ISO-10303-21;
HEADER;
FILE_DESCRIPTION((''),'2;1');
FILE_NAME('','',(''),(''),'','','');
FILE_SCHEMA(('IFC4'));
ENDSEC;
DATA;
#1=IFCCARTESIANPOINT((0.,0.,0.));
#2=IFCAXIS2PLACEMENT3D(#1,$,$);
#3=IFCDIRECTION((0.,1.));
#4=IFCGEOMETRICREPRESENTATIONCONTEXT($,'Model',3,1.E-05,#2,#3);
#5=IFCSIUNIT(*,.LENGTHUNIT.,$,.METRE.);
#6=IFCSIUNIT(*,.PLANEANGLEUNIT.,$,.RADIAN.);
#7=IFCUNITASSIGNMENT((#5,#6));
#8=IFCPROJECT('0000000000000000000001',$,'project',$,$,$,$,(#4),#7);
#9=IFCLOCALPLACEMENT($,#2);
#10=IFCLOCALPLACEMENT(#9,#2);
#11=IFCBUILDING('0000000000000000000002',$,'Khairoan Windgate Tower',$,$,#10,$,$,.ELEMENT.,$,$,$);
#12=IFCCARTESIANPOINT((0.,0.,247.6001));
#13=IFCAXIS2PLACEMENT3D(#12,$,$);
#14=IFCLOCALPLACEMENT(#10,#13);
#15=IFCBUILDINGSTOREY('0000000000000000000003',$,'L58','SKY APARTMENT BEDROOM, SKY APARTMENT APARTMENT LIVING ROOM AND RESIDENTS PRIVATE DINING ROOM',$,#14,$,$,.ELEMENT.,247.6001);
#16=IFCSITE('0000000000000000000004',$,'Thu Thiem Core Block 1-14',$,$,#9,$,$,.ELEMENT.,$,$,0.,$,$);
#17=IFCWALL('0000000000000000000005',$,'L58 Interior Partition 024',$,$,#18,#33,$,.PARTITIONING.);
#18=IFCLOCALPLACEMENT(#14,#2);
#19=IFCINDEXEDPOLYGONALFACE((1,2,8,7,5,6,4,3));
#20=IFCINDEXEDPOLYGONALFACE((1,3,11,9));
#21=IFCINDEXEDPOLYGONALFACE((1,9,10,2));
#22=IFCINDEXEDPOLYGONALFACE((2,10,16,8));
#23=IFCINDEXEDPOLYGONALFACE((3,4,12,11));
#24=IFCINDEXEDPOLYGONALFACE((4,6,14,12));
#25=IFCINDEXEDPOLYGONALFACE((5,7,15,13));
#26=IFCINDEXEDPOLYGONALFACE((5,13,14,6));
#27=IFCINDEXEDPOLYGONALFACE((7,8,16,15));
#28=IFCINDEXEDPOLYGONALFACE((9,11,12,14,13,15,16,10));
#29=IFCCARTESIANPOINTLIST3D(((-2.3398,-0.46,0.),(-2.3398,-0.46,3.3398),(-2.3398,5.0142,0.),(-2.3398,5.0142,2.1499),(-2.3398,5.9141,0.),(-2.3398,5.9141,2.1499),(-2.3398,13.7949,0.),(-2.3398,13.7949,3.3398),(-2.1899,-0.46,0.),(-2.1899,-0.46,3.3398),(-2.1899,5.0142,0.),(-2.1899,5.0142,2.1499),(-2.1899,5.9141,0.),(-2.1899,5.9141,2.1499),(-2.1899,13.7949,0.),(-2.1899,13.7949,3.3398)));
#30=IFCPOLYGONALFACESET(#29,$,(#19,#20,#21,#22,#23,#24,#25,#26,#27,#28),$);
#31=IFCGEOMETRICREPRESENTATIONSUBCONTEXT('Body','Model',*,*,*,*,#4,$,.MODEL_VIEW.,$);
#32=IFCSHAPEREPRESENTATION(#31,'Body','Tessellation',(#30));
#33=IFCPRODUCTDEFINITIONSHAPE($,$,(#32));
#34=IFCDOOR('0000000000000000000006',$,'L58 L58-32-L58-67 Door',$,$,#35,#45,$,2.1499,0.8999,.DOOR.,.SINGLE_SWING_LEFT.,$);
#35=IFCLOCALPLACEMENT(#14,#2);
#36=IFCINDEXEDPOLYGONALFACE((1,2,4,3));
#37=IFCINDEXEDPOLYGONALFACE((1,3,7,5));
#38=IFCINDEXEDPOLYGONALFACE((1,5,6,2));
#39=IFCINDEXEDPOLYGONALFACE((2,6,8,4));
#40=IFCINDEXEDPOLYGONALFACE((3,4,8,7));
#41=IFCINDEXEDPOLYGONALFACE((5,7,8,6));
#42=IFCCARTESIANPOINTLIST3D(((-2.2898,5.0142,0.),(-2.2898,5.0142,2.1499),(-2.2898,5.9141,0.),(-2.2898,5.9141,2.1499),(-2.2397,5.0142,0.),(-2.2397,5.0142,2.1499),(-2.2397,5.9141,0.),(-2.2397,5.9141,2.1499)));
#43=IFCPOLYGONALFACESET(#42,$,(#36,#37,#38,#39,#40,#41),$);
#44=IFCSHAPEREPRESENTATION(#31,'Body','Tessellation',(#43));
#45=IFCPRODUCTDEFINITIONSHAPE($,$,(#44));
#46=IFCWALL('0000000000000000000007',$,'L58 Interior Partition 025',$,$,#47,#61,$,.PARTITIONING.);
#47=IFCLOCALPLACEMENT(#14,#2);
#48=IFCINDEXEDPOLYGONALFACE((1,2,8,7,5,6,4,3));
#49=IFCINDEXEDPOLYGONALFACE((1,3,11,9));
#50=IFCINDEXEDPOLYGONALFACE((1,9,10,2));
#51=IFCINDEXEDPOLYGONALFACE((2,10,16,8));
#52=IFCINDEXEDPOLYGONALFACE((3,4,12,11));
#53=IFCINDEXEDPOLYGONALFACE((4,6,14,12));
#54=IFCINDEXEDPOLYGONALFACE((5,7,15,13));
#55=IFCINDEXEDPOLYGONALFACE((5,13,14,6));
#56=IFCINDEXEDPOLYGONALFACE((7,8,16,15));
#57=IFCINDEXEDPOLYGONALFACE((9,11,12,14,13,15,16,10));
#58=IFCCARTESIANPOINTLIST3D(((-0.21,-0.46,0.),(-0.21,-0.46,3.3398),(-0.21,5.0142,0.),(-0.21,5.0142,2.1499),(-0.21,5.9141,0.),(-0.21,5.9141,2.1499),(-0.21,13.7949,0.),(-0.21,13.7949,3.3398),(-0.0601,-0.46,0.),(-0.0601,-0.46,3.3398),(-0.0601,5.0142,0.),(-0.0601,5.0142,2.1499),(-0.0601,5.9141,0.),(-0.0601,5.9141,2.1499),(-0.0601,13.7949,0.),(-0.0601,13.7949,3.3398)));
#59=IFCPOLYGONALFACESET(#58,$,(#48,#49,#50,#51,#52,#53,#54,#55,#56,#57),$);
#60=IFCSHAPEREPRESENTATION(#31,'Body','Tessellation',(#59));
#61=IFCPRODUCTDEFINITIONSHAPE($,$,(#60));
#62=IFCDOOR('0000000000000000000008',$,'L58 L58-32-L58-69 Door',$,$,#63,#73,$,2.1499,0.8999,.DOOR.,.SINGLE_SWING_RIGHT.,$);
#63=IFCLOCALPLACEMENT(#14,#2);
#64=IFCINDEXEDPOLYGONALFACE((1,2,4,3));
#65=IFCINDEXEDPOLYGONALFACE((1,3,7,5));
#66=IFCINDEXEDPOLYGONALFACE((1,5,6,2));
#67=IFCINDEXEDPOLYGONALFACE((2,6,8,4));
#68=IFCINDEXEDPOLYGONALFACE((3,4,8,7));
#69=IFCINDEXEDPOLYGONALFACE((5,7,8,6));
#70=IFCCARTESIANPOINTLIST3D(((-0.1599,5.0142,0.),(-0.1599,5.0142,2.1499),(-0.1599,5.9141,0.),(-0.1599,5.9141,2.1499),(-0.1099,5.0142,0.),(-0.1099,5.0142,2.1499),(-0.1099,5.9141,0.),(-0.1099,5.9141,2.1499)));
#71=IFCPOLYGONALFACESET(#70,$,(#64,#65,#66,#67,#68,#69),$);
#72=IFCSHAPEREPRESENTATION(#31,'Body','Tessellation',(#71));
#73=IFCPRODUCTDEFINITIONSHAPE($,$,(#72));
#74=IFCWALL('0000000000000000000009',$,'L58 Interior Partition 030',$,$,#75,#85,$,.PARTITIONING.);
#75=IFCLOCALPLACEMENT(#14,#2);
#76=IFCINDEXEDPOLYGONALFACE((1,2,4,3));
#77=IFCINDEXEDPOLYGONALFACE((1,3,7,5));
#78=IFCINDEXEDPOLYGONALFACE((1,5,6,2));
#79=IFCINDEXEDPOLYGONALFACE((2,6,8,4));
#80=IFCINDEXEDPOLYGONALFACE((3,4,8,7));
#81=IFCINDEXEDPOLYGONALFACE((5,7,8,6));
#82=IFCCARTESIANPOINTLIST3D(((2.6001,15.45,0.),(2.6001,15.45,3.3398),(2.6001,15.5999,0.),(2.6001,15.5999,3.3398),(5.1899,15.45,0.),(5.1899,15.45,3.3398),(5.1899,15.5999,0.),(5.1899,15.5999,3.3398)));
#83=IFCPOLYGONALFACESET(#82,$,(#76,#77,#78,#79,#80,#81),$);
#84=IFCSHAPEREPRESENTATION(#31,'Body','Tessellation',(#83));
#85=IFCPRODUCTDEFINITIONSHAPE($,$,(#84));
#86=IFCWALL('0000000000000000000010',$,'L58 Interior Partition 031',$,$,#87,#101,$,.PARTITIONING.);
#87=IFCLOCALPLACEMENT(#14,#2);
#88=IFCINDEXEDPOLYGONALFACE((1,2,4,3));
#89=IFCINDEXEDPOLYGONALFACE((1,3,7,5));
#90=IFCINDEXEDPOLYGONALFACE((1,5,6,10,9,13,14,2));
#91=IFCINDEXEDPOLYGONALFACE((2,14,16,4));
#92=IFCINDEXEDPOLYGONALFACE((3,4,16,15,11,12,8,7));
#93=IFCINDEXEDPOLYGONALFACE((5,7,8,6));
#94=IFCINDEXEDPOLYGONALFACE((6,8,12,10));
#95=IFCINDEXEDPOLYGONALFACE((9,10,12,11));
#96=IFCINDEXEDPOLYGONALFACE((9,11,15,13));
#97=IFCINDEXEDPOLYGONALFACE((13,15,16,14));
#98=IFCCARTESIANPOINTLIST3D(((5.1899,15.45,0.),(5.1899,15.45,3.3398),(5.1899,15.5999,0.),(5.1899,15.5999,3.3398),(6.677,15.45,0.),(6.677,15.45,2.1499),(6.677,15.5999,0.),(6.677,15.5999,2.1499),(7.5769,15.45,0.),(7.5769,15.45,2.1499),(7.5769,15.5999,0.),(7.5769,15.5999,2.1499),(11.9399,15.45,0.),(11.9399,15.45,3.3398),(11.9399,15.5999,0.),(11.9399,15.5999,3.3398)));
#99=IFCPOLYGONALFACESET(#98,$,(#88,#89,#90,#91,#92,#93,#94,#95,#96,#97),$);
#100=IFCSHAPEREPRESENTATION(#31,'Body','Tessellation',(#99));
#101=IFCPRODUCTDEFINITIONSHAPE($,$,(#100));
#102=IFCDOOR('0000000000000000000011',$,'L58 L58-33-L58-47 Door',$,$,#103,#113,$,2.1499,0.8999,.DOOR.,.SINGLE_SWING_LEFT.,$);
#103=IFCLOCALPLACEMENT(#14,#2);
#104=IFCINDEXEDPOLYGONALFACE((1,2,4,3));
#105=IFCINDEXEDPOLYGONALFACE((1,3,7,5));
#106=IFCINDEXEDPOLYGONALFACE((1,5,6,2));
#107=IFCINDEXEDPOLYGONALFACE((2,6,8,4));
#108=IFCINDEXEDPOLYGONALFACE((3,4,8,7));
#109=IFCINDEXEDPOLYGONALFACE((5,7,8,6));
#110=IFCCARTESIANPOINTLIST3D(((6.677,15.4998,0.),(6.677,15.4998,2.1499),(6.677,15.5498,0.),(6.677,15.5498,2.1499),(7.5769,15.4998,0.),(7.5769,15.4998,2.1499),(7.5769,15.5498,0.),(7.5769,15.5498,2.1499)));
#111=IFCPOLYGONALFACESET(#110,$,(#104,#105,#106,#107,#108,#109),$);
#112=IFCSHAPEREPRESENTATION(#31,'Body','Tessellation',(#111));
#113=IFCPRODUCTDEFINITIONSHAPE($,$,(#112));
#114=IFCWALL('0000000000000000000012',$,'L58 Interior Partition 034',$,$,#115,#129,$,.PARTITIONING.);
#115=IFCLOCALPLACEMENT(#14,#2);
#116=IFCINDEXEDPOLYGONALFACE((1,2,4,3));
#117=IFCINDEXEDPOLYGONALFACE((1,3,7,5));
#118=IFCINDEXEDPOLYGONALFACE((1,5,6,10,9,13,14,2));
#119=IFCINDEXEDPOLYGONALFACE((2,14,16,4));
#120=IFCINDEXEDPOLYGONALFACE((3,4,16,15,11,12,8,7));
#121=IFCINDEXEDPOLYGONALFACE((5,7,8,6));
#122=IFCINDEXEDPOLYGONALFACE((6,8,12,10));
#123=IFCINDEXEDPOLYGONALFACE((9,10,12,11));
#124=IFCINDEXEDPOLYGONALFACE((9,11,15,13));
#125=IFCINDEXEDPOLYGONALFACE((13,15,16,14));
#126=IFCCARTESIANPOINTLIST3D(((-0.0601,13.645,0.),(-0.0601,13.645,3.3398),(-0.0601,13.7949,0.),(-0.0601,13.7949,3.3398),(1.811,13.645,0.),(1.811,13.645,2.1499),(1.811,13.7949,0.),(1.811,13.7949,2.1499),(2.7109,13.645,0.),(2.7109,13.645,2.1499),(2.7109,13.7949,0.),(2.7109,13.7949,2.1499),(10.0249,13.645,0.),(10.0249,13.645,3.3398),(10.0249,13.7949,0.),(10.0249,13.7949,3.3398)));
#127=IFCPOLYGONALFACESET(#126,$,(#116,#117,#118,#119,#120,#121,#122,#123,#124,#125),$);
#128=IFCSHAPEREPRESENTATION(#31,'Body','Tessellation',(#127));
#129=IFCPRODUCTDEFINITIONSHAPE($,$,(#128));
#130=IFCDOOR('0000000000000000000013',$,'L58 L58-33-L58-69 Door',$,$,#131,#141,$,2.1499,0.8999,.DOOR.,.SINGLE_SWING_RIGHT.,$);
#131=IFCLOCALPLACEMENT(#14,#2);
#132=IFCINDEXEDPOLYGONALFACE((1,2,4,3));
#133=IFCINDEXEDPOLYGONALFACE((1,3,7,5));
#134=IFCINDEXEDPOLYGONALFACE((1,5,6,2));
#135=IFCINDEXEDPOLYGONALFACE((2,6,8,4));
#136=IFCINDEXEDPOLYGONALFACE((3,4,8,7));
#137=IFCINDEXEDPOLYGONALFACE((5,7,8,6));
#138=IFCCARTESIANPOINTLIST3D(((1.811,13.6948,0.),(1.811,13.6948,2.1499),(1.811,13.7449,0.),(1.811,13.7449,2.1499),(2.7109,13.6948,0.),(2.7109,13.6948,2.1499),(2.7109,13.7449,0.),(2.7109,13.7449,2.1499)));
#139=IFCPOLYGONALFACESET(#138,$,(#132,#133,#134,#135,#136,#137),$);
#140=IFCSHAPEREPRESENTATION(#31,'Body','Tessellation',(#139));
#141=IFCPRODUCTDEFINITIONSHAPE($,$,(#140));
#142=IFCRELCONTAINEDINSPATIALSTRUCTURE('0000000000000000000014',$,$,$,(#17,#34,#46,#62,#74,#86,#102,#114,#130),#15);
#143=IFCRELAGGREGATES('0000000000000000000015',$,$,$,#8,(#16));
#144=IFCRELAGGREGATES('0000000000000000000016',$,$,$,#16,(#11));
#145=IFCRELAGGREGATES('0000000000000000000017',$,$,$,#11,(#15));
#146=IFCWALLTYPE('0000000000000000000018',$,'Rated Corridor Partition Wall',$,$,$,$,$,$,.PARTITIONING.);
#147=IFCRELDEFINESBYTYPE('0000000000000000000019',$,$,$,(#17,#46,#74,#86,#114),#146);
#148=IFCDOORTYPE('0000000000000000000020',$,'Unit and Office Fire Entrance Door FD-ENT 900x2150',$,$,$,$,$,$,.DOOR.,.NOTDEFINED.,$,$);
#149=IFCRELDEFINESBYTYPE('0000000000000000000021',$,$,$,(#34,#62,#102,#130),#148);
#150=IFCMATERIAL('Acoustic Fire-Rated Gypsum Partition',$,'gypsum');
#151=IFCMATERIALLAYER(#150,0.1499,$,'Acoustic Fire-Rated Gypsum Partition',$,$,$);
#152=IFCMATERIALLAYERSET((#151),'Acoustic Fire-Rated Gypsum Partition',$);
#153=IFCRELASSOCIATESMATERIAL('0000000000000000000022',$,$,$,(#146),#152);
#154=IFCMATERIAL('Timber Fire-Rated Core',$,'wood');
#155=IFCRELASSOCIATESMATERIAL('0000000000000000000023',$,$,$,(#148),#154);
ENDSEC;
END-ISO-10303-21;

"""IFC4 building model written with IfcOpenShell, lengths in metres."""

from ifc_helpers import new_model, si_unit, direction, frame, frame_2d, origin, place, context, subcontext, project, spatial, rectangle, extrude, material, layer, layer_set, type_object, element, fill, save


model = new_model("IFC4")

# Units and contexts
model_context = context("Model", 3, precision=1e-05, world=origin(), true_north=direction((0.0, 1.0)))
body_context = subcontext(model_context, "Body", "Model", "MODEL_VIEW")
ifc_project = project(units=[si_unit("LENGTHUNIT", "METRE"), si_unit("PLANEANGLEUNIT", "RADIAN")], contexts=[model_context])

# Site, building, storey
site_placement = place(None, origin())
site = spatial("IfcSite", under=ifc_project, at=site_placement, Name="Thu Thiem Core Block 1-14", CompositionType="ELEMENT", RefElevation=0.0)
building_placement = place(site_placement, origin())
building = spatial("IfcBuilding", under=site, at=building_placement, Name="Khairoan Windgate Tower", CompositionType="ELEMENT")
storey_placement = place(building_placement, frame((0.0, 0.0, 247.6001)))
storey = spatial("IfcBuildingStorey", under=building, at=storey_placement, Name="L58", Description="SKY APARTMENT BEDROOM, SKY APARTMENT APARTMENT LIVING ROOM AND RESIDENTS PRIVATE DINING ROOM", CompositionType="ELEMENT", Elevation=247.6001)

# Walls, openings, doors
ifc_material_1 = material(Name="Acoustic Fire-Rated Gypsum Partition", Category="gypsum")
ifc_layer_1 = layer(ifc_material_1, 0.1499, Name="Acoustic Fire-Rated Gypsum Partition")
ifc_layer_set_1 = layer_set([ifc_layer_1], Name="Acoustic Fire-Rated Gypsum Partition")
wall_type_1 = type_object("IfcWallType", Name="Rated Corridor Partition Wall", PredefinedType="PARTITIONING", material=ifc_layer_set_1)
ifc_material_2 = material(Name="Timber Fire-Rated Core", Category="wood")
door_type_1 = type_object("IfcDoorType", Name="Unit and Office Fire Entrance Door FD-ENT 900x2150", OperationType="NOTDEFINED", PredefinedType="DOOR", material=ifc_material_2)
wall_1_placement = place(storey_placement, frame((-2.2649, -0.46, 0.0), z_axis=(0.0, 0.0, 1.0), x_axis=(0.0, 1.0, 0.0)))
wall_1 = element("IfcWall", 1, at=wall_1_placement, inside=storey, type_object=wall_type_1, Name="L58 Interior Partition 024", PredefinedType="PARTITIONING", context=body_context, shape_type="SweptSolid", body=[
    extrude(rectangle(XDim=14.2549, YDim=0.1499, at=frame_2d((7.1274, 0.0))), origin(), (0.0, 0.0, 1.0), 3.3398),
])
opening_1_placement = place(wall_1_placement, frame((5.4741, 0.0, 0.0)))
opening_1 = element("IfcOpeningElement", 2, at=opening_1_placement, cuts=wall_1, PredefinedType="OPENING", context=body_context, shape_type="SweptSolid", body=[
    extrude(rectangle(XDim=0.8999, YDim=2.1499, at=frame_2d((0.45, 1.075))), frame((0.0, 0.085, 0.0), z_axis=(0.0, -1.0, 0.0), x_axis=(1.0, 0.0, 0.0)), (0.0, 0.0, 1.0), 0.1699),
])
door_1_placement = place(opening_1_placement, origin())
door_1 = element("IfcDoor", 3, at=door_1_placement, inside=storey, type_object=door_type_1, Name="L58 L58-32-L58-67 Door", OperationType="SINGLE_SWING_LEFT", OverallHeight=2.1499, OverallWidth=0.8999, PredefinedType="DOOR", context=body_context, shape_type="SweptSolid", body=[
    extrude(rectangle(XDim=0.8999, YDim=2.1499, at=frame_2d((0.45, 1.075))), frame((0.0, 0.0249, 0.0), z_axis=(0.0, -1.0, 0.0), x_axis=(1.0, 0.0, 0.0)), (0.0, 0.0, 1.0), 0.05),
])
fill(opening_1, door_1)
wall_2_placement = place(storey_placement, frame((-0.135, -0.46, 0.0), z_axis=(0.0, 0.0, 1.0), x_axis=(0.0, 1.0, 0.0)))
wall_2 = element("IfcWall", 4, at=wall_2_placement, inside=storey, type_object=wall_type_1, Name="L58 Interior Partition 025", PredefinedType="PARTITIONING", context=body_context, shape_type="SweptSolid", body=[
    extrude(rectangle(XDim=14.2549, YDim=0.1499, at=frame_2d((7.1274, 0.0))), origin(), (0.0, 0.0, 1.0), 3.3398),
])
opening_2_placement = place(wall_2_placement, frame((5.4741, 0.0, 0.0)))
opening_2 = element("IfcOpeningElement", 5, at=opening_2_placement, cuts=wall_2, PredefinedType="OPENING", context=body_context, shape_type="SweptSolid", body=[
    extrude(rectangle(XDim=0.8999, YDim=2.1499, at=frame_2d((0.45, 1.075))), frame((0.0, 0.085, 0.0), z_axis=(0.0, -1.0, 0.0), x_axis=(1.0, 0.0, 0.0)), (0.0, 0.0, 1.0), 0.1699),
])
door_2_placement = place(opening_2_placement, origin())
door_2 = element("IfcDoor", 6, at=door_2_placement, inside=storey, type_object=door_type_1, Name="L58 L58-32-L58-69 Door", OperationType="SINGLE_SWING_RIGHT", OverallHeight=2.1499, OverallWidth=0.8999, PredefinedType="DOOR", context=body_context, shape_type="SweptSolid", body=[
    extrude(rectangle(XDim=0.8999, YDim=2.1499, at=frame_2d((0.45, 1.075))), frame((0.0, 0.0249, 0.0), z_axis=(0.0, -1.0, 0.0), x_axis=(1.0, 0.0, 0.0)), (0.0, 0.0, 1.0), 0.05),
])
fill(opening_2, door_2)

# Wall
wall_3_placement = place(storey_placement, frame((2.6001, 15.5249, 0.0), z_axis=(0.0, 0.0, 1.0), x_axis=(1.0, 0.0, 0.0)))
element("IfcWall", 7, at=wall_3_placement, inside=storey, type_object=wall_type_1, Name="L58 Interior Partition 030", PredefinedType="PARTITIONING", context=body_context, shape_type="SweptSolid", body=[
    extrude(rectangle(XDim=2.5898, YDim=0.1499, at=frame_2d((1.2949, 0.0))), origin(), (0.0, 0.0, 1.0), 3.3398),
])

# Walls, openings, doors
wall_4_placement = place(storey_placement, frame((5.1899, 15.5249, 0.0), z_axis=(0.0, 0.0, 1.0), x_axis=(1.0, 0.0, 0.0)))
wall_4 = element("IfcWall", 8, at=wall_4_placement, inside=storey, type_object=wall_type_1, Name="L58 Interior Partition 031", PredefinedType="PARTITIONING", context=body_context, shape_type="SweptSolid", body=[
    extrude(rectangle(XDim=6.75, YDim=0.1499, at=frame_2d((3.375, 0.0))), origin(), (0.0, 0.0, 1.0), 3.3398),
])
opening_3_placement = place(wall_4_placement, frame((1.4871, 0.0, 0.0)))
opening_3 = element("IfcOpeningElement", 9, at=opening_3_placement, cuts=wall_4, PredefinedType="OPENING", context=body_context, shape_type="SweptSolid", body=[
    extrude(rectangle(XDim=0.8999, YDim=2.1499, at=frame_2d((0.45, 1.075))), frame((0.0, 0.085, 0.0), z_axis=(0.0, -1.0, 0.0), x_axis=(1.0, 0.0, 0.0)), (0.0, 0.0, 1.0), 0.1699),
])
door_3_placement = place(opening_3_placement, origin())
door_3 = element("IfcDoor", 10, at=door_3_placement, inside=storey, type_object=door_type_1, Name="L58 L58-33-L58-47 Door", OperationType="SINGLE_SWING_LEFT", OverallHeight=2.1499, OverallWidth=0.8999, PredefinedType="DOOR", context=body_context, shape_type="SweptSolid", body=[
    extrude(rectangle(XDim=0.8999, YDim=2.1499, at=frame_2d((0.45, 1.075))), frame((0.0, 0.0249, 0.0), z_axis=(0.0, -1.0, 0.0), x_axis=(1.0, 0.0, 0.0)), (0.0, 0.0, 1.0), 0.05),
])
fill(opening_3, door_3)
wall_5_placement = place(storey_placement, frame((-0.0601, 13.72, 0.0), z_axis=(0.0, 0.0, 1.0), x_axis=(1.0, 0.0, 0.0)))
wall_5 = element("IfcWall", 11, at=wall_5_placement, inside=storey, type_object=wall_type_1, Name="L58 Interior Partition 034", PredefinedType="PARTITIONING", context=body_context, shape_type="SweptSolid", body=[
    extrude(rectangle(XDim=10.085, YDim=0.1499, at=frame_2d((5.0425, 0.0))), origin(), (0.0, 0.0, 1.0), 3.3398),
])
opening_4_placement = place(wall_5_placement, frame((1.8711, 0.0, 0.0)))
opening_4 = element("IfcOpeningElement", 12, at=opening_4_placement, cuts=wall_5, PredefinedType="OPENING", context=body_context, shape_type="SweptSolid", body=[
    extrude(rectangle(XDim=0.8999, YDim=2.1499, at=frame_2d((0.45, 1.075))), frame((0.0, 0.085, 0.0), z_axis=(0.0, -1.0, 0.0), x_axis=(1.0, 0.0, 0.0)), (0.0, 0.0, 1.0), 0.1699),
])
door_4_placement = place(opening_4_placement, origin())
door_4 = element("IfcDoor", 13, at=door_4_placement, inside=storey, type_object=door_type_1, Name="L58 L58-33-L58-69 Door", OperationType="SINGLE_SWING_RIGHT", OverallHeight=2.1499, OverallWidth=0.8999, PredefinedType="DOOR", context=body_context, shape_type="SweptSolid", body=[
    extrude(rectangle(XDim=0.8999, YDim=2.1499, at=frame_2d((0.45, 1.075))), frame((0.0, 0.0249, 0.0), z_axis=(0.0, -1.0, 0.0), x_axis=(1.0, 0.0, 0.0)), (0.0, 0.0, 1.0), 0.05),
])
fill(opening_4, door_4)

save(model, "model.ifc")
